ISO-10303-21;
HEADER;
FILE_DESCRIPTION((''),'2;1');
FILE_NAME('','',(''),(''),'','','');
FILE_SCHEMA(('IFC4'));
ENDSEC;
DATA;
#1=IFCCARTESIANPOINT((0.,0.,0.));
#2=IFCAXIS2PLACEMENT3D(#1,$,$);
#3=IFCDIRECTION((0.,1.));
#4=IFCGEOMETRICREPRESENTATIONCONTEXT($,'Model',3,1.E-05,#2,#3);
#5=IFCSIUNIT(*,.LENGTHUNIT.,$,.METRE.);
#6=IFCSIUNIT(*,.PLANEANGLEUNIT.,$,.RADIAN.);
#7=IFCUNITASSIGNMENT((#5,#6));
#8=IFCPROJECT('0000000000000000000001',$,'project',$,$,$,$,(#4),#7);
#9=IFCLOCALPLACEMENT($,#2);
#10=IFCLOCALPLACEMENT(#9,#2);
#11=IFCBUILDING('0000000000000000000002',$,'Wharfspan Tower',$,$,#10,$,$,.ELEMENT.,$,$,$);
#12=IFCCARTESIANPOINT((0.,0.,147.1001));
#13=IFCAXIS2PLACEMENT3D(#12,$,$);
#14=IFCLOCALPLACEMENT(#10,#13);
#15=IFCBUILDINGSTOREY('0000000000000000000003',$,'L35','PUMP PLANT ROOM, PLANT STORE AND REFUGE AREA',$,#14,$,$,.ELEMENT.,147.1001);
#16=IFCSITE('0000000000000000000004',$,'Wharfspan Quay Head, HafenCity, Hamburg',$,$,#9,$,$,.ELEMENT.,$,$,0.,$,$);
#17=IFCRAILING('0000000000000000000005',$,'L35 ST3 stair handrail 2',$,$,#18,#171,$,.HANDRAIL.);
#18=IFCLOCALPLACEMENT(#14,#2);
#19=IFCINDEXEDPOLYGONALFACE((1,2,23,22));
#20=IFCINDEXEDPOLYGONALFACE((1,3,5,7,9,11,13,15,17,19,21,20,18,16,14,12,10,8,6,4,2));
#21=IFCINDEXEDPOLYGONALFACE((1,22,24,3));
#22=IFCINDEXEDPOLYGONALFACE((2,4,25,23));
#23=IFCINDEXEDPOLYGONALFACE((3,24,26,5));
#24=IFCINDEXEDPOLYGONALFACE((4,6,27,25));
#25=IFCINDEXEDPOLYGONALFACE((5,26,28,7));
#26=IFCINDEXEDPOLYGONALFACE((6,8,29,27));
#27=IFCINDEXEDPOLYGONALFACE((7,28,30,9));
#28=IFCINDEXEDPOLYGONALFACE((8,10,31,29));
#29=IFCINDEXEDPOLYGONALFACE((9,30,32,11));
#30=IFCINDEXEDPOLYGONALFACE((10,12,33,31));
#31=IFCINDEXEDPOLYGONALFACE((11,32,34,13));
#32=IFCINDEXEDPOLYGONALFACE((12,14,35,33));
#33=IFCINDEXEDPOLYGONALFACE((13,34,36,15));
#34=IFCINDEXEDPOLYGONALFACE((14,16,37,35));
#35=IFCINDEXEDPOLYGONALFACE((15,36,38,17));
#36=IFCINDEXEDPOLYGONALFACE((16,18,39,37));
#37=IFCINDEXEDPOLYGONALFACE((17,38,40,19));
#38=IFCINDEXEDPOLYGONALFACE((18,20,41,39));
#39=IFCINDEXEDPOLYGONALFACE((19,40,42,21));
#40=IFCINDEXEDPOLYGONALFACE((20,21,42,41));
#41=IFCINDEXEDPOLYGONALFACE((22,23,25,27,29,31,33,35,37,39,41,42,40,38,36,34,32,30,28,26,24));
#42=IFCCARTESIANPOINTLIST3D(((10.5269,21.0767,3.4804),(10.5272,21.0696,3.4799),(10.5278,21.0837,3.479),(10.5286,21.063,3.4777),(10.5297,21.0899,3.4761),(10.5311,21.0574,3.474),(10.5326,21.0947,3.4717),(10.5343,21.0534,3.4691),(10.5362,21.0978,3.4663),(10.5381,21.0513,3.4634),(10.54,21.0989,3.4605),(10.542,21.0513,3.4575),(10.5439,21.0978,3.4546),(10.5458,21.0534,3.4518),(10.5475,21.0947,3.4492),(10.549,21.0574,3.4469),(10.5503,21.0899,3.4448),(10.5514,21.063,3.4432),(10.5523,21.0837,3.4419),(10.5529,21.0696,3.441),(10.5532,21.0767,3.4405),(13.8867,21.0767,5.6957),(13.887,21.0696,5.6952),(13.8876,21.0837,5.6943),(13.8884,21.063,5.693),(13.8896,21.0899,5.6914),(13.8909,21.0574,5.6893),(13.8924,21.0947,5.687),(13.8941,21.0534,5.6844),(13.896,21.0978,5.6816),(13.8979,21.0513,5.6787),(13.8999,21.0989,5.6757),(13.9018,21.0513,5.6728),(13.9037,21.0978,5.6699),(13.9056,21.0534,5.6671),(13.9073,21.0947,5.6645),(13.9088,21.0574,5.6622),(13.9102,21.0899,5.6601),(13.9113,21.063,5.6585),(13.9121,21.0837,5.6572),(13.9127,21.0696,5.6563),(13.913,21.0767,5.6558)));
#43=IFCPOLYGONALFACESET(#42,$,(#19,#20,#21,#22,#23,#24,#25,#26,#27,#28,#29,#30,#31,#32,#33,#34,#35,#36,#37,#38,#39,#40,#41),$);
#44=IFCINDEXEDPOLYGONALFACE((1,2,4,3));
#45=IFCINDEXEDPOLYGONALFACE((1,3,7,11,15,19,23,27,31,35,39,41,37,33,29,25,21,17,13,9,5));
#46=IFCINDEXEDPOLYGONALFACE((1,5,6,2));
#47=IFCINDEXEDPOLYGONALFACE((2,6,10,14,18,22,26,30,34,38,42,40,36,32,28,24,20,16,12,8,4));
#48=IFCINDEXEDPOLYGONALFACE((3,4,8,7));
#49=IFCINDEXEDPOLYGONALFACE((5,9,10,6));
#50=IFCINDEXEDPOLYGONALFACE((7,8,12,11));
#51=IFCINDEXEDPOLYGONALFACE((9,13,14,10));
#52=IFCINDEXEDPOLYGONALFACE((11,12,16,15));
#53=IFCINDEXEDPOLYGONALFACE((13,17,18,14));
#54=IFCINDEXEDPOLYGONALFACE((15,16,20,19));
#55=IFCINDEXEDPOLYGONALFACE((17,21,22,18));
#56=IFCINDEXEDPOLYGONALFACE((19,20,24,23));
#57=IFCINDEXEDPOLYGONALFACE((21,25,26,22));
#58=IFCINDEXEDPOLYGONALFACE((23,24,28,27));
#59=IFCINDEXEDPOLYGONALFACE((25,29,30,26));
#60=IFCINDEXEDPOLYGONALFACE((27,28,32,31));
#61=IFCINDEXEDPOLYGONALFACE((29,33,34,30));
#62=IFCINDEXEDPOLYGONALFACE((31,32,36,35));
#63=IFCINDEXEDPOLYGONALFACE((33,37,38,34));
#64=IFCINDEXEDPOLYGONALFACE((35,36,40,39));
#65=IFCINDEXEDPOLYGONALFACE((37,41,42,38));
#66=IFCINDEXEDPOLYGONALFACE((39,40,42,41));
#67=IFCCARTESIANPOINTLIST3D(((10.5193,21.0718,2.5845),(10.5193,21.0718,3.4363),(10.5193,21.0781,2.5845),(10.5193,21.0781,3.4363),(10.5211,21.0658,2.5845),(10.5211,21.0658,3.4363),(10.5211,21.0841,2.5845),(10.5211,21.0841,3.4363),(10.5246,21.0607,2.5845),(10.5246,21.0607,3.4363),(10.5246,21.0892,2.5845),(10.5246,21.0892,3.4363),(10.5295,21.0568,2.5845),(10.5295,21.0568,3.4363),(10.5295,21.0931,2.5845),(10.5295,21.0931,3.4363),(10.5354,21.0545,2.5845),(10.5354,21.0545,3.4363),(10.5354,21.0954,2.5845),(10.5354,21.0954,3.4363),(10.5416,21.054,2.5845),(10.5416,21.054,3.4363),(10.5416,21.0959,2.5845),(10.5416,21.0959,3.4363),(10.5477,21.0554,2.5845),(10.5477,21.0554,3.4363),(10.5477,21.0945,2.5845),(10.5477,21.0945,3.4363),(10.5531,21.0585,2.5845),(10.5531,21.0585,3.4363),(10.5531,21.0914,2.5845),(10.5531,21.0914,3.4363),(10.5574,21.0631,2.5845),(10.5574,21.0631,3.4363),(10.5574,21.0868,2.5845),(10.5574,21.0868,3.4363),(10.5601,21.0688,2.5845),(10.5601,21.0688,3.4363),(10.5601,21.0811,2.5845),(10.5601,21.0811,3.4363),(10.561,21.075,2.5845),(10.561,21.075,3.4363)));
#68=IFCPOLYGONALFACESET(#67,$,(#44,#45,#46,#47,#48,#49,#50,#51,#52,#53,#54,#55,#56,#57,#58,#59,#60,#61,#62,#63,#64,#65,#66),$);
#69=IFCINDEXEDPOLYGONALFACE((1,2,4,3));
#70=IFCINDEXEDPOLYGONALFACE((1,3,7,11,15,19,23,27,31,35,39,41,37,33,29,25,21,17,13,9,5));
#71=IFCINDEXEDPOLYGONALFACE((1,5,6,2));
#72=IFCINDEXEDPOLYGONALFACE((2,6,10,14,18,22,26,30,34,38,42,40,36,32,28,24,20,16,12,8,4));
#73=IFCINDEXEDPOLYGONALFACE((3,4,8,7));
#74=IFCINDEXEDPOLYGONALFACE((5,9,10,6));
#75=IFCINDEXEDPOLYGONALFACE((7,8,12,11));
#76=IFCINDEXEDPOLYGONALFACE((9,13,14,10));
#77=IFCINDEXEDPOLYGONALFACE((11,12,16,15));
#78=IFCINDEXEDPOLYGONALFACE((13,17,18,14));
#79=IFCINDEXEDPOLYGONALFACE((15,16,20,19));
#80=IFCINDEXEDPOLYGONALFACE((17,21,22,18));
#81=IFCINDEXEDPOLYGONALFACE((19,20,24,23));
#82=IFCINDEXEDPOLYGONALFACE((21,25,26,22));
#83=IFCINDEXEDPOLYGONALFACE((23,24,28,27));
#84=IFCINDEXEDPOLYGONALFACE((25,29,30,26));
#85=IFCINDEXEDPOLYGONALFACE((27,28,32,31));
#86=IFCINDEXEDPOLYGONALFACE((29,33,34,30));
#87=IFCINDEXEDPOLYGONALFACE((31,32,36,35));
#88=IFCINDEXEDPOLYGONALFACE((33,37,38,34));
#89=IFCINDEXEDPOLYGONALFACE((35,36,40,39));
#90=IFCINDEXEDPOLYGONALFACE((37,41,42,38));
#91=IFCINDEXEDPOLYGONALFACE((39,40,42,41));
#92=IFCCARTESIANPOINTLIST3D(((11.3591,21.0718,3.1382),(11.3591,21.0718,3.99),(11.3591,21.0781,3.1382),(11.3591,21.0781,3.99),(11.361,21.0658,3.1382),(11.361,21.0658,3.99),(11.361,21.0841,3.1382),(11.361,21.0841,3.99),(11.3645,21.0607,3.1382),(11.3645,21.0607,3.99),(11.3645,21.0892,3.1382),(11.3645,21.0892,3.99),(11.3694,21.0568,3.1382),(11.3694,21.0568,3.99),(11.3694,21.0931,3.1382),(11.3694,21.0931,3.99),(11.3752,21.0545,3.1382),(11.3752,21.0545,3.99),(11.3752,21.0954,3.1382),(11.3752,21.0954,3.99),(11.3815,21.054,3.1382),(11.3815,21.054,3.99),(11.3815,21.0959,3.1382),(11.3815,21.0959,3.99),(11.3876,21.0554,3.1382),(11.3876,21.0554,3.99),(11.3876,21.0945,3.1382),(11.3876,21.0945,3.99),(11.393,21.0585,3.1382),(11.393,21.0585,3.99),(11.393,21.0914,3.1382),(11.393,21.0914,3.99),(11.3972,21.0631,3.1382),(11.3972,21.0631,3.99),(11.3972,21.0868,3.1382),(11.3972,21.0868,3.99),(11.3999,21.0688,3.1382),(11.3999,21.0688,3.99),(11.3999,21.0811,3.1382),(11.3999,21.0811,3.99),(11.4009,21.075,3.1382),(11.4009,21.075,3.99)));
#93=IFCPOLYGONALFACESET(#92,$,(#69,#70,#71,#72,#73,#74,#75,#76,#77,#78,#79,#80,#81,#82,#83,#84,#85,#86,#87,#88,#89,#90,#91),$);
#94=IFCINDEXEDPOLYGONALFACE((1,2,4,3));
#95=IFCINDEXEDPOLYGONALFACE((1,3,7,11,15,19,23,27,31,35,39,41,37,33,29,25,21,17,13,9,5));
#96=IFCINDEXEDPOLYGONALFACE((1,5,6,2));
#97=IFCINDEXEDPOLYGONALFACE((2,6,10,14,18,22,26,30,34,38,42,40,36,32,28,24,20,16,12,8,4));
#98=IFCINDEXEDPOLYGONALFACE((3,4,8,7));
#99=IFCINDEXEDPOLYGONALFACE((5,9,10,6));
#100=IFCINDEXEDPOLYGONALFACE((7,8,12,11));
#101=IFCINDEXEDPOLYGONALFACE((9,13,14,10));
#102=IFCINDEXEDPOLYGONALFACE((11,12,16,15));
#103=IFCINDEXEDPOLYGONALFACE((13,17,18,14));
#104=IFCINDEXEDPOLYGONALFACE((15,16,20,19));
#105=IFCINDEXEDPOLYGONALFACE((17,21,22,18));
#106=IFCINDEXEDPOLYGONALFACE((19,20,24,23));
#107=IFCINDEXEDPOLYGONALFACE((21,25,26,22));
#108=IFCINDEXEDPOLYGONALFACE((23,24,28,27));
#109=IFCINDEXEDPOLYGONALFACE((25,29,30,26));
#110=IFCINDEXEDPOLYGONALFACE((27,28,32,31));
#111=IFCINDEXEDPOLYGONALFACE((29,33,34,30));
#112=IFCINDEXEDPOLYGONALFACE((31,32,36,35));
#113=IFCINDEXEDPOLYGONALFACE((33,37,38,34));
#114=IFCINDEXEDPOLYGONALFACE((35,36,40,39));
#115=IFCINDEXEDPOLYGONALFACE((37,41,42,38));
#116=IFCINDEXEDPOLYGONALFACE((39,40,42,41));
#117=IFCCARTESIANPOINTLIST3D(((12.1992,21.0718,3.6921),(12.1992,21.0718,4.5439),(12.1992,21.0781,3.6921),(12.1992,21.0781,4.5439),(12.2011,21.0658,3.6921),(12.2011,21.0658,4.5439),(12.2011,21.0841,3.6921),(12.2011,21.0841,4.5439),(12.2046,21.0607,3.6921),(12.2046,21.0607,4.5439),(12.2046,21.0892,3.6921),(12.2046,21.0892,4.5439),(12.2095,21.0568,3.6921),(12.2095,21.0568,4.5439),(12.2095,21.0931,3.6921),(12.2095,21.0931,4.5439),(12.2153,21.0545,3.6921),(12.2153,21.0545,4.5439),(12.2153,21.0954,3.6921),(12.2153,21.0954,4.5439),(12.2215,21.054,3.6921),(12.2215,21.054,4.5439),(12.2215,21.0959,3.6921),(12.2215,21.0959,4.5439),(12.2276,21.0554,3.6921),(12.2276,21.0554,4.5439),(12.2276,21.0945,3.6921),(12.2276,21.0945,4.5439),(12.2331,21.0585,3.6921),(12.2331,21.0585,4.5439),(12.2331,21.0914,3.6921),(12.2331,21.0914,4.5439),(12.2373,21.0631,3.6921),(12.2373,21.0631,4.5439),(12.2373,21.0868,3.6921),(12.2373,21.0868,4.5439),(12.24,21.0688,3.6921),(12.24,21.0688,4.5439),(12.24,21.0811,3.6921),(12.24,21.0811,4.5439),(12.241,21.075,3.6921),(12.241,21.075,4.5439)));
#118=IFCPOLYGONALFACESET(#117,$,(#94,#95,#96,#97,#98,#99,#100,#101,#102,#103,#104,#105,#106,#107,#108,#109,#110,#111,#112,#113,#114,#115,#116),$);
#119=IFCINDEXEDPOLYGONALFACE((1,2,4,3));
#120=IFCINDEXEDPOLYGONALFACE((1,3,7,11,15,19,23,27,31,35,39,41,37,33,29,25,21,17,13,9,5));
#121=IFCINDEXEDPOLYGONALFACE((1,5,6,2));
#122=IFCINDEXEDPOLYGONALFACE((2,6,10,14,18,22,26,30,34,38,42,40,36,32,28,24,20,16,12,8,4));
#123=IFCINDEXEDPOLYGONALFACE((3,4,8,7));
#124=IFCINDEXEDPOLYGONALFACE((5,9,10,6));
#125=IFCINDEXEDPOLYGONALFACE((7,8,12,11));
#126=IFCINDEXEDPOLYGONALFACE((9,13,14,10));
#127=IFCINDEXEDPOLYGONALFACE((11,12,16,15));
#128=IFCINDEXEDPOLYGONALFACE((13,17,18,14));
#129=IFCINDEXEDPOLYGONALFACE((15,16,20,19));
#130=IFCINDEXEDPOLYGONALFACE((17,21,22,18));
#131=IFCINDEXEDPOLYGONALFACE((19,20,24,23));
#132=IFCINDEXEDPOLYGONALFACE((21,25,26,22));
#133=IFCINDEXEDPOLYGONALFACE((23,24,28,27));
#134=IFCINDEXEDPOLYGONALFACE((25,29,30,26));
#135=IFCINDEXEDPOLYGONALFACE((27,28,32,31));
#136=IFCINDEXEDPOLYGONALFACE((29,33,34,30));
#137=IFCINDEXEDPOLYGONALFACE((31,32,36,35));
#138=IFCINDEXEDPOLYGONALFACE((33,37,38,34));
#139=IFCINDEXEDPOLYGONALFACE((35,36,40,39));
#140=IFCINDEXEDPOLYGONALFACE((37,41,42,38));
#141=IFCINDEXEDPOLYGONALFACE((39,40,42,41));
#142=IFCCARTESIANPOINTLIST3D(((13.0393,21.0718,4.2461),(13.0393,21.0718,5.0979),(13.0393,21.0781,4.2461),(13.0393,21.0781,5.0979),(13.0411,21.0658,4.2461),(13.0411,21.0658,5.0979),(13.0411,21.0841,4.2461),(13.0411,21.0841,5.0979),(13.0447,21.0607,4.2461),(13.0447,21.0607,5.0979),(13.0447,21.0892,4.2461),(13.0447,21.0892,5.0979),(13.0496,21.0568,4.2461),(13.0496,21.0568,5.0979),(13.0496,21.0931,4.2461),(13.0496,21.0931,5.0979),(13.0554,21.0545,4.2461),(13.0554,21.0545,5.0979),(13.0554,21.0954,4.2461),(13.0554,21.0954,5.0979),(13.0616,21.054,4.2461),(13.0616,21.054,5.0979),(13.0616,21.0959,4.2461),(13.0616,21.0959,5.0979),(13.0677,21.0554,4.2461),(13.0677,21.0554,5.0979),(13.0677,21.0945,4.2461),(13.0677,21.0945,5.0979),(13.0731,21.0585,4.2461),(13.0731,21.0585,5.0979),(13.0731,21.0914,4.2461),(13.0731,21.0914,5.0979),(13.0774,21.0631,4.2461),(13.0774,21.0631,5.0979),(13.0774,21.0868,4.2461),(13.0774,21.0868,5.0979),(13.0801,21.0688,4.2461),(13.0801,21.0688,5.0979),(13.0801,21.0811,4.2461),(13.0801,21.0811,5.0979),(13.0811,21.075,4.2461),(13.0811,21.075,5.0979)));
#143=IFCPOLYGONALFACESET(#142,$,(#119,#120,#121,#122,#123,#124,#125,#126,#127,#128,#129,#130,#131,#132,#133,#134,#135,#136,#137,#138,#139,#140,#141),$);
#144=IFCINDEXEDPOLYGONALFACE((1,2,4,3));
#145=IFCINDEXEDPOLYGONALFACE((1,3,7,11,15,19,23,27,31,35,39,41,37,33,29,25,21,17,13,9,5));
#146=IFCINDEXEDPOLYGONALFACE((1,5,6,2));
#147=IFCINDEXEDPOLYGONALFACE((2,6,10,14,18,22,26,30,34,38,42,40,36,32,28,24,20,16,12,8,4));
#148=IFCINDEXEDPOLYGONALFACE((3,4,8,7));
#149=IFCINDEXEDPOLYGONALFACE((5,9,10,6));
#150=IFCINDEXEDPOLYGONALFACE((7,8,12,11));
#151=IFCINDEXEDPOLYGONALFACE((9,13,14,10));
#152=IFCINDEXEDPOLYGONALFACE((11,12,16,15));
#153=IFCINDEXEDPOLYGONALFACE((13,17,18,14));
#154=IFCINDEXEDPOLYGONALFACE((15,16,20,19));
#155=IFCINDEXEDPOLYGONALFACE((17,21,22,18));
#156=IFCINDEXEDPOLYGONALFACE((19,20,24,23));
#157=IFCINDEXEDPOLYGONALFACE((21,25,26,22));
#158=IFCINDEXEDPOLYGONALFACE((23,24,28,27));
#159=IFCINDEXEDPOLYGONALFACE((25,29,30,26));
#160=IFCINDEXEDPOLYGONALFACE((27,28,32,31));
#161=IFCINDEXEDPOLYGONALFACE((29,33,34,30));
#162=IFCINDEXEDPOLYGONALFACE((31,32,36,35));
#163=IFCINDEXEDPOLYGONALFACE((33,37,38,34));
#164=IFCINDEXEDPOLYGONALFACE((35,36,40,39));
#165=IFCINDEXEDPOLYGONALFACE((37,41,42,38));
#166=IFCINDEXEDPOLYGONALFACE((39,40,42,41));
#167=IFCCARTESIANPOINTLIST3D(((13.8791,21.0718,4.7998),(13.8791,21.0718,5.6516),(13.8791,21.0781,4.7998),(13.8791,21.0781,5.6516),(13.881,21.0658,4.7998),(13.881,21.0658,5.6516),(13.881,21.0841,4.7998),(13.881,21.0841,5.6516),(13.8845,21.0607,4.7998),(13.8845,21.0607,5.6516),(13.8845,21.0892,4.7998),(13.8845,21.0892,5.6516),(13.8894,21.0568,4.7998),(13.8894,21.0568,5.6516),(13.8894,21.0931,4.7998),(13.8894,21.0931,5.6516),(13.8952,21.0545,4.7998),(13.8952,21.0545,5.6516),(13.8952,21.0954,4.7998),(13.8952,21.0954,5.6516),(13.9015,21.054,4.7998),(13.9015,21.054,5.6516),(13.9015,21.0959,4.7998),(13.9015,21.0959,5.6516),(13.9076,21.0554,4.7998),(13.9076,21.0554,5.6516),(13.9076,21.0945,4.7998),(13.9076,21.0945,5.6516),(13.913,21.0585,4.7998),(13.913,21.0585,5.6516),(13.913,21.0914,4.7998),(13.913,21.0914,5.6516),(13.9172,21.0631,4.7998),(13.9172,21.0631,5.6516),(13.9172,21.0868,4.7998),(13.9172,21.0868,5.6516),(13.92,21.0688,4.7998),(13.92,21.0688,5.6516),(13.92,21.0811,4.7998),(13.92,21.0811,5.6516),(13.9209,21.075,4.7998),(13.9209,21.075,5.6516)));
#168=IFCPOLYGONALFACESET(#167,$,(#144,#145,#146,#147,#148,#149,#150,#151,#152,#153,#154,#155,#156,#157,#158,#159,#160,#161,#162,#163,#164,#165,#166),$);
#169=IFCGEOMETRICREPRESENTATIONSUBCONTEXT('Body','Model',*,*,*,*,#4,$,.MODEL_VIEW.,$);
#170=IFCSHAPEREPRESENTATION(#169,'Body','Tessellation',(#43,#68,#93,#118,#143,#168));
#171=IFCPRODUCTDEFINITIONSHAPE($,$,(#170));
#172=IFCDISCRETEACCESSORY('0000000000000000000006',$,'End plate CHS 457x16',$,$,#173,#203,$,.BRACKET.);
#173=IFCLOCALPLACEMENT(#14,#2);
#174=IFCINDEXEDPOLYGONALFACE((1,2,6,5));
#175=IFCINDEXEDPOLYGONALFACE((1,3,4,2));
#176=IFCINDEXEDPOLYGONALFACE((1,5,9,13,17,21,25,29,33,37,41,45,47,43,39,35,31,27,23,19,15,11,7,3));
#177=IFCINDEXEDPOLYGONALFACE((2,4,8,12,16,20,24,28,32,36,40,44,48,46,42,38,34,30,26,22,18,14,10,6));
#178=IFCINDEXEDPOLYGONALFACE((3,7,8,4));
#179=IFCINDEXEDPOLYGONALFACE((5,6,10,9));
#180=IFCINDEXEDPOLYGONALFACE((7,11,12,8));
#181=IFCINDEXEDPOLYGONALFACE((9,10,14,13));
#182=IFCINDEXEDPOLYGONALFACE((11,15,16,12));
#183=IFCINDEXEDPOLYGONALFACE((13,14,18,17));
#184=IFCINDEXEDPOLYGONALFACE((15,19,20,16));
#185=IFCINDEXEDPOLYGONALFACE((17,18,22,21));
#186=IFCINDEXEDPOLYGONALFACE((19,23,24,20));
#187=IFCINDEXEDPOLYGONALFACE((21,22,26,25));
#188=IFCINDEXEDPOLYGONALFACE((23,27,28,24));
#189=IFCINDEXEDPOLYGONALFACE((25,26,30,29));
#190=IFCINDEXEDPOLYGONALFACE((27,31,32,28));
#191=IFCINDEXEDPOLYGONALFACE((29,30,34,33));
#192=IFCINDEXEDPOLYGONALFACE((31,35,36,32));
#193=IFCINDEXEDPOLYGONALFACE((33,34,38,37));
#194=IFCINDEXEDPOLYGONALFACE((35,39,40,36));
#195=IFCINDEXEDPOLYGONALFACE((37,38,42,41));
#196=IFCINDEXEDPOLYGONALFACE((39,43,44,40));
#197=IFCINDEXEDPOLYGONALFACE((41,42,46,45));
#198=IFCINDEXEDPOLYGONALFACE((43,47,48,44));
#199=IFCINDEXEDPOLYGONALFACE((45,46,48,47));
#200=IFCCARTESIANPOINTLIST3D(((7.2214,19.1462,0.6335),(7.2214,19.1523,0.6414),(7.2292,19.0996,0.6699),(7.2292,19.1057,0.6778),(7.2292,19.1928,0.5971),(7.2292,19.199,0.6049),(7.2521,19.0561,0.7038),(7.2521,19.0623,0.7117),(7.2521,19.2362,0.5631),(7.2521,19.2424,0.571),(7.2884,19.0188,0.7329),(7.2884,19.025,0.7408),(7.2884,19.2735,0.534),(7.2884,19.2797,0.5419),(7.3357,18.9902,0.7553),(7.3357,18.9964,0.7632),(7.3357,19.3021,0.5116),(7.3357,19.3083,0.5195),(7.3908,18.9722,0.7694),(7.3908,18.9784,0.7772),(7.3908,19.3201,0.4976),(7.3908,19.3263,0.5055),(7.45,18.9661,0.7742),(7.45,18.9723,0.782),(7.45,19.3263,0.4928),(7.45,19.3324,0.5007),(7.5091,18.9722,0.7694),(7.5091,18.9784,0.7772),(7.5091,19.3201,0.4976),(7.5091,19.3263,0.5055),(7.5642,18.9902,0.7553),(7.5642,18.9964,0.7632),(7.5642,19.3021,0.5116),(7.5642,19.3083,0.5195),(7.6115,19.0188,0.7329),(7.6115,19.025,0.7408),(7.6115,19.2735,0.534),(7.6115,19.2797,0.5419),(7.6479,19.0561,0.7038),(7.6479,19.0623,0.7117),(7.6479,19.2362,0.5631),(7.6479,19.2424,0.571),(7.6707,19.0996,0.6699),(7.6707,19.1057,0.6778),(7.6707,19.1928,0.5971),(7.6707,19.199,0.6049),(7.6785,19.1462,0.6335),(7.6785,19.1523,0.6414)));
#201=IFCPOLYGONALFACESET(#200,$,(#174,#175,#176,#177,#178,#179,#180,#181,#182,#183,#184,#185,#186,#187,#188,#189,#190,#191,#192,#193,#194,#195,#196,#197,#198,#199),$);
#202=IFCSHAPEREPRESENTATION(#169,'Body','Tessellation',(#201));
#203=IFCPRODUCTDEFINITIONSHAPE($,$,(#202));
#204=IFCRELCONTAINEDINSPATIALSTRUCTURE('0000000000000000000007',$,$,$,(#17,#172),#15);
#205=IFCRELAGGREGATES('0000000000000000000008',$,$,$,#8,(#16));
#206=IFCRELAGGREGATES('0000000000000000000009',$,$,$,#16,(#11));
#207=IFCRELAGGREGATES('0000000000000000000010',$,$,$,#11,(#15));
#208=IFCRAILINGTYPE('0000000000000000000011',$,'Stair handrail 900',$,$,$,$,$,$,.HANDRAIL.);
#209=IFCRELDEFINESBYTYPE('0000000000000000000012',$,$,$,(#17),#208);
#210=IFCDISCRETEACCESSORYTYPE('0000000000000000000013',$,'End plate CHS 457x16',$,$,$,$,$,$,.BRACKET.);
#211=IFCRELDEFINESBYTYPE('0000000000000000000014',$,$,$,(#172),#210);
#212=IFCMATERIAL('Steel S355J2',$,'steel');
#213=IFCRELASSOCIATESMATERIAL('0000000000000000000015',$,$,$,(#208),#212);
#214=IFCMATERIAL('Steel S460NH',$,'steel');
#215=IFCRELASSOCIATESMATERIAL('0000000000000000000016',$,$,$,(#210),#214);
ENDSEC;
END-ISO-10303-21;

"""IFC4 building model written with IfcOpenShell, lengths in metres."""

from ifc_helpers import new_model, si_unit, direction, frame, origin, origin_2d, place, context, subcontext, project, spatial, circle, extrude, material, material_profile, profile_set, type_object, element, save


model = new_model("IFC4")

# Units and contexts
model_context = context("Model", 3, precision=1e-05, world=origin(), true_north=direction((0.0, 1.0)))
body_context = subcontext(model_context, "Body", "Model", "MODEL_VIEW")
ifc_project = project(units=[si_unit("LENGTHUNIT", "METRE"), si_unit("PLANEANGLEUNIT", "RADIAN")], contexts=[model_context])

# Site, building, storey
site_placement = place(None, origin())
site = spatial("IfcSite", under=ifc_project, at=site_placement, Name="Wharfspan Quay Head, HafenCity, Hamburg", CompositionType="ELEMENT", RefElevation=0.0)
building_placement = place(site_placement, origin())
building = spatial("IfcBuilding", under=site, at=building_placement, Name="Wharfspan Tower", CompositionType="ELEMENT")
storey_placement = place(building_placement, frame((0.0, 0.0, 147.1001)))
storey = spatial("IfcBuildingStorey", under=building, at=storey_placement, Name="L35", Description="PUMP PLANT ROOM, PLANT STORE AND REFUGE AREA", CompositionType="ELEMENT", Elevation=147.1001)

# Shared definitions
ifc_material_1 = material(Name="Steel S355J2", Category="steel")

# Shared definitions
ifc_material_2 = material(Name="Steel S460NH", Category="steel")

# Railing
railing_type_1 = type_object("IfcRailingType", Name="Stair handrail 900", PredefinedType="HANDRAIL", material=ifc_material_1)
railing_1_placement = place(storey_placement, frame((10.54, 21.075, 2.5845)))
element("IfcRailing", 1, at=railing_1_placement, inside=storey, type_object=railing_type_1, Name="L35 ST3 stair handrail 2", PredefinedType="HANDRAIL", context=body_context, shape_type="SweptSolid", body=[
    extrude(circle(Radius=0.0239, at=origin_2d()), frame((0.0, 0.0, 0.876), z_axis=(0.834858, 0.0, 0.550465), x_axis=(0.0, 1.0, 0.0)), (0.0, 0.0, 1.0), 4.0244),
    extrude(circle(Radius=0.021, at=origin_2d()), origin(), (0.0, 0.0, 1.0), 0.8518),
    extrude(circle(Radius=0.021, at=origin_2d()), frame((0.8398, 0.0, 0.5537)), (0.0, 0.0, 1.0), 0.8518),
    extrude(circle(Radius=0.021, at=origin_2d()), frame((1.6799, 0.0, 1.1077)), (0.0, 0.0, 1.0), 0.8518),
    extrude(circle(Radius=0.021, at=origin_2d()), frame((2.52, 0.0, 1.6616)), (0.0, 0.0, 1.0), 0.8518),
    extrude(circle(Radius=0.021, at=origin_2d()), frame((3.3599, 0.0, 2.2153)), (0.0, 0.0, 1.0), 0.8518),
])

# Discrete accessory
ifc_material_profile_1 = material_profile(ifc_material_2, circle(Radius=0.2285, at=origin_2d()))
ifc_profile_set_1 = profile_set([ifc_material_profile_1], Name="Steel S460NH")
discrete_accessory_type_1 = type_object("IfcDiscreteAccessoryType", Name="End plate CHS 457x16", PredefinedType="BRACKET", material=ifc_profile_set_1)
discrete_accessory_1_placement = place(storey_placement, frame((7.45, 19.1523, 0.6414), z_axis=(0.0, -0.615644, -0.788024), x_axis=(1.0, 0.0, 0.0)))
element("IfcDiscreteAccessory", 2, at=discrete_accessory_1_placement, inside=storey, type_object=discrete_accessory_type_1, Name="End plate CHS 457x16", PredefinedType="BRACKET", context=body_context, shape_type="SweptSolid", body=[
    extrude(circle(Radius=0.2285, at=origin_2d()), origin(), (0.0, 0.0, 1.0), 0.01),
])

save(model, "model.ifc")
